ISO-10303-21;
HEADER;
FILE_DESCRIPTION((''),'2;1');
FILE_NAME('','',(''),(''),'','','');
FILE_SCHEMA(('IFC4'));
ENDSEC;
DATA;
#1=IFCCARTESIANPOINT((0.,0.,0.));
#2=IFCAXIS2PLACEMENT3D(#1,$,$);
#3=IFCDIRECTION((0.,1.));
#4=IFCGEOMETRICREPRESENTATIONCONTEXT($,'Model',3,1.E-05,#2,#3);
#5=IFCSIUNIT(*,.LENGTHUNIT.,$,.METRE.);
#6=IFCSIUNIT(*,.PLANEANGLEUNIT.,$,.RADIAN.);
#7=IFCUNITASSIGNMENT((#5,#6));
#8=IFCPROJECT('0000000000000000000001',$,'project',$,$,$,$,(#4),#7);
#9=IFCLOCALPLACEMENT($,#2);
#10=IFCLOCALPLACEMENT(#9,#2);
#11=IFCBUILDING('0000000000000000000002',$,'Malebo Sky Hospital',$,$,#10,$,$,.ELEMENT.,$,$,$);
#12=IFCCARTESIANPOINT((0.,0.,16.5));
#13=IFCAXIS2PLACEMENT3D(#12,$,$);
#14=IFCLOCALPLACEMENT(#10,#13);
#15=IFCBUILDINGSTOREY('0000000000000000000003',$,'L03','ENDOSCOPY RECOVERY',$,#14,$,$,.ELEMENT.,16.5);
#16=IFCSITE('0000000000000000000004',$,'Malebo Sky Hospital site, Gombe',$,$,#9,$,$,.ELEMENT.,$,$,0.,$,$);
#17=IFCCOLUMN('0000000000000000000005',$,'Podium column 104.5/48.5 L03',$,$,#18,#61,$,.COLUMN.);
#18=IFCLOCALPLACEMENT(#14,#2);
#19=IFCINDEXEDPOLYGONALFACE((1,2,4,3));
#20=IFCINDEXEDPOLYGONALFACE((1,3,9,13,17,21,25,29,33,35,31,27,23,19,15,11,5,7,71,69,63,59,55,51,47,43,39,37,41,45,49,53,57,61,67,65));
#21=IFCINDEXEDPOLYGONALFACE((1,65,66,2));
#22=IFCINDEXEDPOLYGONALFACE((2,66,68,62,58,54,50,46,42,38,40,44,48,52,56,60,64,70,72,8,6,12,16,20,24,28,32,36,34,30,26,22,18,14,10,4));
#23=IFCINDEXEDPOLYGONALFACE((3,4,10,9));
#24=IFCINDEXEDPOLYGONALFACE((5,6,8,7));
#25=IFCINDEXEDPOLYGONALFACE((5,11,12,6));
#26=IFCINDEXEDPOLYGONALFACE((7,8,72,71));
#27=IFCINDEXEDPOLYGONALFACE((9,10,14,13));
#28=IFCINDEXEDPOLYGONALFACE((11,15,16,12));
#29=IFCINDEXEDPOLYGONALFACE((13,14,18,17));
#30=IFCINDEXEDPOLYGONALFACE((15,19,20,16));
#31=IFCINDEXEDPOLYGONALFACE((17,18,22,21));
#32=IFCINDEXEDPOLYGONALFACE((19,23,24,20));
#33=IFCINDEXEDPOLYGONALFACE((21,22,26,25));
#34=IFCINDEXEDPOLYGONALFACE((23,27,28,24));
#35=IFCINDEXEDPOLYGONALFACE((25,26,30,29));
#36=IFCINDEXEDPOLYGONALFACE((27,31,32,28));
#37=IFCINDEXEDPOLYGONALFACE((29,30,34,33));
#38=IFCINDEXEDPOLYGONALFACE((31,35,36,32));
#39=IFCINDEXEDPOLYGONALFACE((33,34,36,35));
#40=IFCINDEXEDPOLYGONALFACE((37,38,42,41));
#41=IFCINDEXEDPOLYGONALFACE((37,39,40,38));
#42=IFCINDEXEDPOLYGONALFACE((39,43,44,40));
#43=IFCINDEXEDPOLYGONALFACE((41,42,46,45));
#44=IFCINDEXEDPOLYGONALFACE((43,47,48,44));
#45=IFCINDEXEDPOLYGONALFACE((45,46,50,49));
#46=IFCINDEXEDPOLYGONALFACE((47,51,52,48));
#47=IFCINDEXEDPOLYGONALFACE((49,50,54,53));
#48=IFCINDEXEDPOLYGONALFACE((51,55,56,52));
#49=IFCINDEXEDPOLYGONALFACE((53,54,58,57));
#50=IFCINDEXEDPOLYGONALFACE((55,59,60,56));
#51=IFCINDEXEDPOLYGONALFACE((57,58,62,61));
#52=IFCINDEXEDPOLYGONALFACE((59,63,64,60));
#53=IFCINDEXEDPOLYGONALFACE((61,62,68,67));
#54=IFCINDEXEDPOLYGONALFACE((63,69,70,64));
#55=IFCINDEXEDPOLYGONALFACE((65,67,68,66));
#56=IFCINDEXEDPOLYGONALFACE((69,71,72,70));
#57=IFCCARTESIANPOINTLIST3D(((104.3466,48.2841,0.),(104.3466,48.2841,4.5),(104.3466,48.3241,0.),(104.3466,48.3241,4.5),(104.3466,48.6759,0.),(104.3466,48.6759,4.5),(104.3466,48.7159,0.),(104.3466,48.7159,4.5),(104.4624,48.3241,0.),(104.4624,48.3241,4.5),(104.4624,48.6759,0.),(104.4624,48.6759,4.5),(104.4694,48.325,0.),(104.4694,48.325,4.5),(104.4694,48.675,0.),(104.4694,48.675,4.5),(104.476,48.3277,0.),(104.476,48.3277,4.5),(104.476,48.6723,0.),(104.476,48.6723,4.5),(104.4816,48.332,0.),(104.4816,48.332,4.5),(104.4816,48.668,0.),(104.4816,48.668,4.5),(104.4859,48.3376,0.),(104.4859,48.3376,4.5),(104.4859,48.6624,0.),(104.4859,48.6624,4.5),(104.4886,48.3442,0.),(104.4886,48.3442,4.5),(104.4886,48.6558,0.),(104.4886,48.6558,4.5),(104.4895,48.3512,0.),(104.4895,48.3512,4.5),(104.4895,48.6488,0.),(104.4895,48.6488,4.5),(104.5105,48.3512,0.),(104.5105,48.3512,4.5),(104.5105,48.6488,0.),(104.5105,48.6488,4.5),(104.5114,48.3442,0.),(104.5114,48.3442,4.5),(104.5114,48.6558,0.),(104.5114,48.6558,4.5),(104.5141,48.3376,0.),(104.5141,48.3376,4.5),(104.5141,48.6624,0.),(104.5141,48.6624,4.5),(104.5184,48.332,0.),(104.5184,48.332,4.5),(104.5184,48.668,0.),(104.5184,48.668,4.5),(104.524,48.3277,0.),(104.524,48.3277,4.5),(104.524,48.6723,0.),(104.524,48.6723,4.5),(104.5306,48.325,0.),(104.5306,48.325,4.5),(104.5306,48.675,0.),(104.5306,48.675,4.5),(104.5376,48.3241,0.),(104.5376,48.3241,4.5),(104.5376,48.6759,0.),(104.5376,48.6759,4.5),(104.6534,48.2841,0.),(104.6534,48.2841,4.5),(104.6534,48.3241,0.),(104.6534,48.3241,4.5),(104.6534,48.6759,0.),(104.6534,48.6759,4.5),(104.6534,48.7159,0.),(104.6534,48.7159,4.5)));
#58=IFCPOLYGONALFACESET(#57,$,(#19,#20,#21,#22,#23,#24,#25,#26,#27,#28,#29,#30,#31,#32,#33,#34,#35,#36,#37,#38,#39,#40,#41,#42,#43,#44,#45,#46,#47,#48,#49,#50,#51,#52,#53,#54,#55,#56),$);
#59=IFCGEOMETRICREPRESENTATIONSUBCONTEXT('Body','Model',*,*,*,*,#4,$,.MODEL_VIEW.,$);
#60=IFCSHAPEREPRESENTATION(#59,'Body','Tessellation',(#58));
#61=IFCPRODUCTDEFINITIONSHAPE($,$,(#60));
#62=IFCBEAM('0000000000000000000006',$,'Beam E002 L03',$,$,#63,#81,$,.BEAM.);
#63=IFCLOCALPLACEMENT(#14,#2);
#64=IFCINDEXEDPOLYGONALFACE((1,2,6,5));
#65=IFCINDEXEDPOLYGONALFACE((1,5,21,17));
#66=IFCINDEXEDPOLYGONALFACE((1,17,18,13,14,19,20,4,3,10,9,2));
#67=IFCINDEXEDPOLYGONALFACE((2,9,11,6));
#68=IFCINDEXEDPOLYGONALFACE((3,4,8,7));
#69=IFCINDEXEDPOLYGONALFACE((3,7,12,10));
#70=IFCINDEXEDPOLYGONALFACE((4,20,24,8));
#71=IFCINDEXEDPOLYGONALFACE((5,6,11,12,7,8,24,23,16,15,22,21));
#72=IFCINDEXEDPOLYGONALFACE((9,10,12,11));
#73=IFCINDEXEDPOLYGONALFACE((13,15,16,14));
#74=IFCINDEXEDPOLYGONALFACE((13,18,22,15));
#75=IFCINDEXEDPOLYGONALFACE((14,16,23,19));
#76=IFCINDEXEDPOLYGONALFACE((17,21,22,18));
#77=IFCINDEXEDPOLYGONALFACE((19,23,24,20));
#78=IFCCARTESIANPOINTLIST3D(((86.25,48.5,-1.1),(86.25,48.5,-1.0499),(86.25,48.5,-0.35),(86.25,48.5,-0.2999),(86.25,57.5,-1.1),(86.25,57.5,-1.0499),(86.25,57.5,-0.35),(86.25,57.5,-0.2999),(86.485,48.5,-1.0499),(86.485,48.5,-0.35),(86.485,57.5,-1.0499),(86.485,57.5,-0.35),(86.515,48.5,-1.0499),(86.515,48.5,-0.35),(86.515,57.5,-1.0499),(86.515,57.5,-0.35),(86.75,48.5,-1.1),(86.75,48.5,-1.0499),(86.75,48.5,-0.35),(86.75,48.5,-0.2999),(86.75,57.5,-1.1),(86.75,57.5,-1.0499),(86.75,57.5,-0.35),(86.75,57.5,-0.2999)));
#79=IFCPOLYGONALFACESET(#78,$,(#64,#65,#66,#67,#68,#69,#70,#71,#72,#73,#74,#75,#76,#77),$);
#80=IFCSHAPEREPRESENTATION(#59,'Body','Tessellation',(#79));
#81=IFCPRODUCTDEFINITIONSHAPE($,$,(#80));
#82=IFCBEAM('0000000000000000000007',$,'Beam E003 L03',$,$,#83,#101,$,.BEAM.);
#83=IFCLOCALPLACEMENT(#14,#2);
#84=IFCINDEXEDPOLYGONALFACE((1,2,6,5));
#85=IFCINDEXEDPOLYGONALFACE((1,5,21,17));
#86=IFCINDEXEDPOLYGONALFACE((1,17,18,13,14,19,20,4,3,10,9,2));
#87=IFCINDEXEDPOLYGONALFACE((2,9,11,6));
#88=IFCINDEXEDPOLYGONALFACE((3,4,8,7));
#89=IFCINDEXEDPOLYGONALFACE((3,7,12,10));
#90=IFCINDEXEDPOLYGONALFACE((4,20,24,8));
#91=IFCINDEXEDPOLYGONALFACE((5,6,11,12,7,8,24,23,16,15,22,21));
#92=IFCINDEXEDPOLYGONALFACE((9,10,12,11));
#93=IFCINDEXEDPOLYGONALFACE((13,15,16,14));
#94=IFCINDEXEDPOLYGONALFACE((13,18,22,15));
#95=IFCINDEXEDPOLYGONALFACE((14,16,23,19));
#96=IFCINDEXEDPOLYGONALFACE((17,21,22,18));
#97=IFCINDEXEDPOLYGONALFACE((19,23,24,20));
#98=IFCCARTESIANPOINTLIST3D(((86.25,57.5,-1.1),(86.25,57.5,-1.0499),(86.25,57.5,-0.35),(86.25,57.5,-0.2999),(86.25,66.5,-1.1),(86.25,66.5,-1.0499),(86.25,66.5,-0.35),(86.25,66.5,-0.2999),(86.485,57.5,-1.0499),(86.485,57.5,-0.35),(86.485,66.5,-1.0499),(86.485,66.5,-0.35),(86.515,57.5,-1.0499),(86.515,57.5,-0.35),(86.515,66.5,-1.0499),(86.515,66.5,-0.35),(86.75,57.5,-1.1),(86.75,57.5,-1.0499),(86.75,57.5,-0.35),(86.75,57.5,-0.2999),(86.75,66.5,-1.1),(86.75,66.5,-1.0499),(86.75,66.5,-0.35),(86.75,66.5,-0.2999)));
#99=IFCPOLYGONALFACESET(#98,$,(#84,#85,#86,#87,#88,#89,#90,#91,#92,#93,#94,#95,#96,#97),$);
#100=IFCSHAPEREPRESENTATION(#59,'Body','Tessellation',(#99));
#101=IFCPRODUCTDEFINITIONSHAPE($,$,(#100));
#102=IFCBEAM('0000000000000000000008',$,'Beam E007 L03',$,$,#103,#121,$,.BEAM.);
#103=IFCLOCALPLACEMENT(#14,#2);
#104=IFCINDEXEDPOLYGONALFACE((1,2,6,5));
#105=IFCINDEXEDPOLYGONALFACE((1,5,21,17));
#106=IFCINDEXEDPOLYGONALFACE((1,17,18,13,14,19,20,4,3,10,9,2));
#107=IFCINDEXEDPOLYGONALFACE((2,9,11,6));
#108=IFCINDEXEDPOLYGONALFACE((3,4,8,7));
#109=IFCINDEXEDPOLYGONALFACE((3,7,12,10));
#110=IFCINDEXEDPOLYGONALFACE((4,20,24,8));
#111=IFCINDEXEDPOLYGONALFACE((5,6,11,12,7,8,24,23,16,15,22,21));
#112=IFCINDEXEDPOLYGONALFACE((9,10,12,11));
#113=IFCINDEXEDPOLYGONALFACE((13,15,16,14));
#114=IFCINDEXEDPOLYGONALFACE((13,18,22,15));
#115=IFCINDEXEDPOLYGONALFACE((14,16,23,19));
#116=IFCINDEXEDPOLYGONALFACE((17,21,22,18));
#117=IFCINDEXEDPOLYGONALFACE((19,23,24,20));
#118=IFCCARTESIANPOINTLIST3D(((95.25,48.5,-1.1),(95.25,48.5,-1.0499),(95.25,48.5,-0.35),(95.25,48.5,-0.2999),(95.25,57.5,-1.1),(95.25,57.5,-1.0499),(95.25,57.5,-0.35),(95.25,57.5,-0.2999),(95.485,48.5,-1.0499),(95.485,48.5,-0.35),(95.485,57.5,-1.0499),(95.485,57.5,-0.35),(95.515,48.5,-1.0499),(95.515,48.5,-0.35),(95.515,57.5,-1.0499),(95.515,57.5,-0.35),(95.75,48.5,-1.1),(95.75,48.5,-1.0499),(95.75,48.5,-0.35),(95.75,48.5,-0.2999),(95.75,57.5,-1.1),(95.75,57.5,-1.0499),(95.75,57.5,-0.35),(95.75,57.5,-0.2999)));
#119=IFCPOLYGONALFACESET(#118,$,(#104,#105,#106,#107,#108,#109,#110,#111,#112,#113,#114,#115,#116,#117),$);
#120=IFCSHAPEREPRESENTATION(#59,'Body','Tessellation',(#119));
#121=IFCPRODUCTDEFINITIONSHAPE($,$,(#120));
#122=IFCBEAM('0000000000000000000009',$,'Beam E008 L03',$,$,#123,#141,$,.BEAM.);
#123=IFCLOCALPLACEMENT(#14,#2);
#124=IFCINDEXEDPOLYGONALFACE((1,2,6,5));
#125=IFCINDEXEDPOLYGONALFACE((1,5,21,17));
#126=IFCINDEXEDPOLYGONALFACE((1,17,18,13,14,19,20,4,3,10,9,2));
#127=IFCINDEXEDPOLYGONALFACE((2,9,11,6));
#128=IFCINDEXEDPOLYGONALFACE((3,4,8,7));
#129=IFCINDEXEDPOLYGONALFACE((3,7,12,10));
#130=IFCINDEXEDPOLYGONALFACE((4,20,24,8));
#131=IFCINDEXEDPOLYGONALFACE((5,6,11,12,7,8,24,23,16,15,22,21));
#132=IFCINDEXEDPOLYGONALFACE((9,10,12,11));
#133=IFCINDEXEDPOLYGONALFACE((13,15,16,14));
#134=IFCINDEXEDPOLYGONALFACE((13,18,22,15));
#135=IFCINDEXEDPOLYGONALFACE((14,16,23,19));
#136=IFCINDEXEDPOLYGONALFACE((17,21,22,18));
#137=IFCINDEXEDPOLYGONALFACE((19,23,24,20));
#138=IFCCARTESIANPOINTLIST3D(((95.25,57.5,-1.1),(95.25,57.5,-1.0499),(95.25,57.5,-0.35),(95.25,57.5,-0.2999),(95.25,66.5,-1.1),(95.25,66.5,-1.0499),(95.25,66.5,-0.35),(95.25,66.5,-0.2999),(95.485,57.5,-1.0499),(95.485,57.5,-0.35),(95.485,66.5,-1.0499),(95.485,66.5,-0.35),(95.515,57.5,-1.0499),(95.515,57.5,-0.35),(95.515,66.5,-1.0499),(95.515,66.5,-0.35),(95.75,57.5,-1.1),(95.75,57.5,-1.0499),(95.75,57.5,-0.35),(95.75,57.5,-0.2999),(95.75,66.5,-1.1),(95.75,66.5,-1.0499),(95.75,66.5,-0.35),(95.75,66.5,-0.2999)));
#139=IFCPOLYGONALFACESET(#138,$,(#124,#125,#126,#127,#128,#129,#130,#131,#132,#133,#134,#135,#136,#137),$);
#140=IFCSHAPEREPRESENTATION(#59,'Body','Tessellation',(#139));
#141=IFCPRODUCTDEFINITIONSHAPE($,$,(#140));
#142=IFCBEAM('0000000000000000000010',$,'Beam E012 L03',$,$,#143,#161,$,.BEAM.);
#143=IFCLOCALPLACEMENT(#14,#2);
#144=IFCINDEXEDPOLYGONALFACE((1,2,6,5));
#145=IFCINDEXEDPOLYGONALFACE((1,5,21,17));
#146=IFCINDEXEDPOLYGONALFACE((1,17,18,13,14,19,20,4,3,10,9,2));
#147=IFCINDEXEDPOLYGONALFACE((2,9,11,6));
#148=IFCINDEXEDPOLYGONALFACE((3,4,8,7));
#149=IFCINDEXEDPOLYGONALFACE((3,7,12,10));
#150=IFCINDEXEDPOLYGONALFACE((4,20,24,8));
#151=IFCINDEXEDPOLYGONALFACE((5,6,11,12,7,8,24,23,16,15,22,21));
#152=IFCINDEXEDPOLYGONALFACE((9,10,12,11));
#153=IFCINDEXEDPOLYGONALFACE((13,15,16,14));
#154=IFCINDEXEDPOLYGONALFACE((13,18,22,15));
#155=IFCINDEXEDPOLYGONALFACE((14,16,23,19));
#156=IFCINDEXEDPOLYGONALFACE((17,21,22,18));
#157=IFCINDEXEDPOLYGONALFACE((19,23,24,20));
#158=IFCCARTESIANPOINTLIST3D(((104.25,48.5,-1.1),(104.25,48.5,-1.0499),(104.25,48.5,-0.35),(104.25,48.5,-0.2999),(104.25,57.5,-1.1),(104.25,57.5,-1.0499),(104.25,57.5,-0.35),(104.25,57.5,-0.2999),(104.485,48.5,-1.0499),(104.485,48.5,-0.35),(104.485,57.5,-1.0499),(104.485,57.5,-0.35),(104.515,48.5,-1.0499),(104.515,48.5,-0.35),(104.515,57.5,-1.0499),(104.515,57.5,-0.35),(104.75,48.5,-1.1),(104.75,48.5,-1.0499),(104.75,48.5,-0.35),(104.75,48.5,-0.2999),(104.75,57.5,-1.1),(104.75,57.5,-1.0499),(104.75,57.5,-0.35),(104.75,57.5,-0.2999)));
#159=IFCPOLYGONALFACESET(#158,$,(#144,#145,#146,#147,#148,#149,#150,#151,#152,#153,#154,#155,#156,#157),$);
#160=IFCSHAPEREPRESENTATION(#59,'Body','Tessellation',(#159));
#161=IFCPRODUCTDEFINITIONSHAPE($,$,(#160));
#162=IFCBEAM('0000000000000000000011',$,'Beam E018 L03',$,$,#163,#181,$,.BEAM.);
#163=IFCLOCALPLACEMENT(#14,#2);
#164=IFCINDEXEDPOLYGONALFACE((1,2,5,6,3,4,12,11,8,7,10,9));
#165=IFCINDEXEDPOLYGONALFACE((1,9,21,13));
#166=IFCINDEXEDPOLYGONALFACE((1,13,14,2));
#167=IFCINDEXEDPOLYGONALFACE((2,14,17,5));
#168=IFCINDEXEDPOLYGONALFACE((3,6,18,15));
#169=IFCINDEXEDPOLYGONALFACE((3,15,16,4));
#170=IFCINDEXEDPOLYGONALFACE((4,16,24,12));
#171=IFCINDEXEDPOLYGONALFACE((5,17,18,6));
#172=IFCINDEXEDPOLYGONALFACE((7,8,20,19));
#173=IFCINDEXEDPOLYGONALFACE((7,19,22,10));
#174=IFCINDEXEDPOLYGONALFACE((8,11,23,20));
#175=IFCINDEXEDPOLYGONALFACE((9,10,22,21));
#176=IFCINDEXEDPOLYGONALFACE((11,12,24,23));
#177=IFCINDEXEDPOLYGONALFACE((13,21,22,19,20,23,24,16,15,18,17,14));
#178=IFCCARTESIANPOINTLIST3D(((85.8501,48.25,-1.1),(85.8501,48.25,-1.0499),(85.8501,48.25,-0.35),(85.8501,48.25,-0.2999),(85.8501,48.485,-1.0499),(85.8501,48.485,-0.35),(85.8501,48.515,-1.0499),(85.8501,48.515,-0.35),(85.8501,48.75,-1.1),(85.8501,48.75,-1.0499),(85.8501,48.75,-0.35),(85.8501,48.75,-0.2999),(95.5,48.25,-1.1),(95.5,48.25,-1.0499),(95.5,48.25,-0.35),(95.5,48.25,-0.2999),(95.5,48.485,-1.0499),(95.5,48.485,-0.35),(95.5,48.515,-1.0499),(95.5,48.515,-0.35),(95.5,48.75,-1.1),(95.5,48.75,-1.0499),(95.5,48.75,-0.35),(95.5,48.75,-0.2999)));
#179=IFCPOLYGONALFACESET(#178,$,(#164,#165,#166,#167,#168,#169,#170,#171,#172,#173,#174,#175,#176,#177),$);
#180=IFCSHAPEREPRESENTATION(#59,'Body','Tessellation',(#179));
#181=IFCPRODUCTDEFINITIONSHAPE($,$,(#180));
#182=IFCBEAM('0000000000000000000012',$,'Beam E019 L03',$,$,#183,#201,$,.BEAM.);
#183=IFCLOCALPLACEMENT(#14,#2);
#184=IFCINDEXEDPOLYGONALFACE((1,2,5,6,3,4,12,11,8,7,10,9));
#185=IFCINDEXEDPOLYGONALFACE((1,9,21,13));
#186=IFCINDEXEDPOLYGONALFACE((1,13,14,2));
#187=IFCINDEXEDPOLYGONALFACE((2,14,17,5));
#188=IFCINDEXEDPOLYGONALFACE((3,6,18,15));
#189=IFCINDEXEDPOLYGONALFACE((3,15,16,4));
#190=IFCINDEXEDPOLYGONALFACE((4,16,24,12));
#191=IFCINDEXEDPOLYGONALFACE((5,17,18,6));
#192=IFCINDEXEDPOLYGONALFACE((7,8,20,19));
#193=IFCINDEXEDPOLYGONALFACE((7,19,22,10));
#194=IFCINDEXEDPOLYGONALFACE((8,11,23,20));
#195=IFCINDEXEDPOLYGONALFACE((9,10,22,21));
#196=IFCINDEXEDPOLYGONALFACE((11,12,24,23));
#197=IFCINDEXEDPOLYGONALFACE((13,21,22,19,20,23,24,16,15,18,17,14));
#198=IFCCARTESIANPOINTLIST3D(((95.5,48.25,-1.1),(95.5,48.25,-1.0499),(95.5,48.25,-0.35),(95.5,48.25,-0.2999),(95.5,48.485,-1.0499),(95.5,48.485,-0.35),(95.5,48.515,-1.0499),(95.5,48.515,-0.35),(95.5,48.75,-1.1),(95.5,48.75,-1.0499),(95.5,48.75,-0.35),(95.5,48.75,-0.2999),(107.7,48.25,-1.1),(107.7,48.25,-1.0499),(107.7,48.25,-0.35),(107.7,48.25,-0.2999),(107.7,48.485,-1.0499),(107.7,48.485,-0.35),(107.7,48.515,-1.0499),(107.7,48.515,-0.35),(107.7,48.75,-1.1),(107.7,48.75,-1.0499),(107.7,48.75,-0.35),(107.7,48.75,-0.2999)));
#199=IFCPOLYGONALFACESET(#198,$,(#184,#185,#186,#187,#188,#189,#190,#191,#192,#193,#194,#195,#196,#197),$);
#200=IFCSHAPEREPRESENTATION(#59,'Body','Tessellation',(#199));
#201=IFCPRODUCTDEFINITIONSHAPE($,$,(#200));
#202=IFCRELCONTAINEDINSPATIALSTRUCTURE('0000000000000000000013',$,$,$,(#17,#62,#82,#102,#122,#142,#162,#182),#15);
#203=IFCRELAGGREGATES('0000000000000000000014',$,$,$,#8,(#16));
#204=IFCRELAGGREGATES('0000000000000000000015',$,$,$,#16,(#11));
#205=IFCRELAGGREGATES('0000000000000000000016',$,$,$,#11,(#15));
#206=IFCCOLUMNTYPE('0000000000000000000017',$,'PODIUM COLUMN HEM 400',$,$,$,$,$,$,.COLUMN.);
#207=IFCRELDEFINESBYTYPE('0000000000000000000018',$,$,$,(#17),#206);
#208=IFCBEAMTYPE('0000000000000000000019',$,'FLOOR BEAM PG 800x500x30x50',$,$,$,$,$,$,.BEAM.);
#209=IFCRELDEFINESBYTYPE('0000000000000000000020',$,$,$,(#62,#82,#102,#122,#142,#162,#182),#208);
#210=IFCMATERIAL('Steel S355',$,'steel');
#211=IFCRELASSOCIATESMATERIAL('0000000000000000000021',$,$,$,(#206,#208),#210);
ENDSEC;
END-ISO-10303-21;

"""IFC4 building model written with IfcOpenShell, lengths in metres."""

from ifc_helpers import new_model, si_unit, direction, frame, origin, origin_2d, place, context, subcontext, project, spatial, i_section, extrude, material, material_profile, profile_set, type_object, element, save


model = new_model("IFC4")

# Units and contexts
model_context = context("Model", 3, precision=1e-05, world=origin(), true_north=direction((0.0, 1.0)))
body_context = subcontext(model_context, "Body", "Model", "MODEL_VIEW")
ifc_project = project(units=[si_unit("LENGTHUNIT", "METRE"), si_unit("PLANEANGLEUNIT", "RADIAN")], contexts=[model_context])

# Site, building, storey
site_placement = place(None, origin())
site = spatial("IfcSite", under=ifc_project, at=site_placement, Name="Malebo Sky Hospital site, Gombe", CompositionType="ELEMENT", RefElevation=0.0)
building_placement = place(site_placement, origin())
building = spatial("IfcBuilding", under=site, at=building_placement, Name="Malebo Sky Hospital", CompositionType="ELEMENT")
storey_placement = place(building_placement, frame((0.0, 0.0, 16.5)))
storey = spatial("IfcBuildingStorey", under=building, at=storey_placement, Name="L03", Description="ENDOSCOPY RECOVERY", CompositionType="ELEMENT", Elevation=16.5)

# Column
ifc_material_1 = material(Name="Steel S355", Category="steel")
ifc_material_profile_1 = material_profile(ifc_material_1, i_section(OverallWidth=0.3069, OverallDepth=0.4319, WebThickness=0.021, FlangeThickness=0.04, FilletRadius=0.0271, at=origin_2d()), Name="HEM 400")
ifc_profile_set_1 = profile_set([ifc_material_profile_1], Name="Steel S355")
column_type = type_object("IfcColumnType", Name="PODIUM COLUMN HEM 400", PredefinedType="COLUMN", material=ifc_profile_set_1)
for number, where, z_axis, x_axis, name in (
    (1, (104.5, 48.5, 0.0), (0.0, 0.0, 1.0), (1.0, 0.0, 0.0), "Podium column 104.5/48.5 L03"),
):
    element("IfcColumn", number, at=place(storey_placement, frame(where, z_axis=z_axis, x_axis=x_axis)), inside=storey, type_object=column_type, Name=name, PredefinedType="COLUMN", context=body_context, shape_type="SweptSolid", body=[
        extrude(i_section(OverallWidth=0.3069, OverallDepth=0.4319, WebThickness=0.021, FlangeThickness=0.04, FilletRadius=0.0271, at=origin_2d()), origin(), (0.0, 0.0, 1.0), 4.5),
    ])

# Beams
ifc_material_profile_2 = material_profile(ifc_material_1, i_section(OverallWidth=0.5, OverallDepth=0.8, WebThickness=0.03, FlangeThickness=0.05, at=origin_2d()), Name="PG 800x500x30x50")
ifc_profile_set_2 = profile_set([ifc_material_profile_2], Name="Steel S355")
beam_type = type_object("IfcBeamType", Name="FLOOR BEAM PG 800x500x30x50", PredefinedType="BEAM", material=ifc_profile_set_2)
for number, where, z_axis, x_axis, name in (
    (2, (86.5, 48.5, -0.7), (0.0, 1.0, 0.0), (-1.0, 0.0, 0.0), "Beam E002 L03"),
    (3, (86.5, 57.5, -0.7), (0.0, 1.0, 0.0), (-1.0, 0.0, 0.0), "Beam E003 L03"),
    (4, (95.5, 48.5, -0.7), (0.0, 1.0, 0.0), (-1.0, 0.0, 0.0), "Beam E007 L03"),
    (5, (95.5, 57.5, -0.7), (0.0, 1.0, 0.0), (-1.0, 0.0, 0.0), "Beam E008 L03"),
    (6, (104.5, 48.5, -0.7), (0.0, 1.0, 0.0), (-1.0, 0.0, 0.0), "Beam E012 L03"),
):
    element("IfcBeam", number, at=place(storey_placement, frame(where, z_axis=z_axis, x_axis=x_axis)), inside=storey, type_object=beam_type, Name=name, PredefinedType="BEAM", context=body_context, shape_type="SweptSolid", body=[
        extrude(i_section(OverallWidth=0.5, OverallDepth=0.8, WebThickness=0.03, FlangeThickness=0.05, at=origin_2d()), origin(), (0.0, 0.0, 1.0), 9.0),
    ])
beam_1_placement = place(storey_placement, frame((85.8501, 48.5, -0.7), z_axis=(1.0, 0.0, 0.0), x_axis=(0.0, 1.0, 0.0)))
element("IfcBeam", 7, at=beam_1_placement, inside=storey, type_object=beam_type, Name="Beam E018 L03", PredefinedType="BEAM", context=body_context, shape_type="SweptSolid", body=[
    extrude(i_section(OverallWidth=0.5, OverallDepth=0.8, WebThickness=0.03, FlangeThickness=0.05, at=origin_2d()), origin(), (0.0, 0.0, 1.0), 9.6499),
])
beam_2_placement = place(storey_placement, frame((95.5, 48.5, -0.7), z_axis=(1.0, 0.0, 0.0), x_axis=(0.0, 1.0, 0.0)))
element("IfcBeam", 8, at=beam_2_placement, inside=storey, type_object=beam_type, Name="Beam E019 L03", PredefinedType="BEAM", context=body_context, shape_type="SweptSolid", body=[
    extrude(i_section(OverallWidth=0.5, OverallDepth=0.8, WebThickness=0.03, FlangeThickness=0.05, at=origin_2d()), origin(), (0.0, 0.0, 1.0), 12.2),
])

save(model, "model.ifc")
